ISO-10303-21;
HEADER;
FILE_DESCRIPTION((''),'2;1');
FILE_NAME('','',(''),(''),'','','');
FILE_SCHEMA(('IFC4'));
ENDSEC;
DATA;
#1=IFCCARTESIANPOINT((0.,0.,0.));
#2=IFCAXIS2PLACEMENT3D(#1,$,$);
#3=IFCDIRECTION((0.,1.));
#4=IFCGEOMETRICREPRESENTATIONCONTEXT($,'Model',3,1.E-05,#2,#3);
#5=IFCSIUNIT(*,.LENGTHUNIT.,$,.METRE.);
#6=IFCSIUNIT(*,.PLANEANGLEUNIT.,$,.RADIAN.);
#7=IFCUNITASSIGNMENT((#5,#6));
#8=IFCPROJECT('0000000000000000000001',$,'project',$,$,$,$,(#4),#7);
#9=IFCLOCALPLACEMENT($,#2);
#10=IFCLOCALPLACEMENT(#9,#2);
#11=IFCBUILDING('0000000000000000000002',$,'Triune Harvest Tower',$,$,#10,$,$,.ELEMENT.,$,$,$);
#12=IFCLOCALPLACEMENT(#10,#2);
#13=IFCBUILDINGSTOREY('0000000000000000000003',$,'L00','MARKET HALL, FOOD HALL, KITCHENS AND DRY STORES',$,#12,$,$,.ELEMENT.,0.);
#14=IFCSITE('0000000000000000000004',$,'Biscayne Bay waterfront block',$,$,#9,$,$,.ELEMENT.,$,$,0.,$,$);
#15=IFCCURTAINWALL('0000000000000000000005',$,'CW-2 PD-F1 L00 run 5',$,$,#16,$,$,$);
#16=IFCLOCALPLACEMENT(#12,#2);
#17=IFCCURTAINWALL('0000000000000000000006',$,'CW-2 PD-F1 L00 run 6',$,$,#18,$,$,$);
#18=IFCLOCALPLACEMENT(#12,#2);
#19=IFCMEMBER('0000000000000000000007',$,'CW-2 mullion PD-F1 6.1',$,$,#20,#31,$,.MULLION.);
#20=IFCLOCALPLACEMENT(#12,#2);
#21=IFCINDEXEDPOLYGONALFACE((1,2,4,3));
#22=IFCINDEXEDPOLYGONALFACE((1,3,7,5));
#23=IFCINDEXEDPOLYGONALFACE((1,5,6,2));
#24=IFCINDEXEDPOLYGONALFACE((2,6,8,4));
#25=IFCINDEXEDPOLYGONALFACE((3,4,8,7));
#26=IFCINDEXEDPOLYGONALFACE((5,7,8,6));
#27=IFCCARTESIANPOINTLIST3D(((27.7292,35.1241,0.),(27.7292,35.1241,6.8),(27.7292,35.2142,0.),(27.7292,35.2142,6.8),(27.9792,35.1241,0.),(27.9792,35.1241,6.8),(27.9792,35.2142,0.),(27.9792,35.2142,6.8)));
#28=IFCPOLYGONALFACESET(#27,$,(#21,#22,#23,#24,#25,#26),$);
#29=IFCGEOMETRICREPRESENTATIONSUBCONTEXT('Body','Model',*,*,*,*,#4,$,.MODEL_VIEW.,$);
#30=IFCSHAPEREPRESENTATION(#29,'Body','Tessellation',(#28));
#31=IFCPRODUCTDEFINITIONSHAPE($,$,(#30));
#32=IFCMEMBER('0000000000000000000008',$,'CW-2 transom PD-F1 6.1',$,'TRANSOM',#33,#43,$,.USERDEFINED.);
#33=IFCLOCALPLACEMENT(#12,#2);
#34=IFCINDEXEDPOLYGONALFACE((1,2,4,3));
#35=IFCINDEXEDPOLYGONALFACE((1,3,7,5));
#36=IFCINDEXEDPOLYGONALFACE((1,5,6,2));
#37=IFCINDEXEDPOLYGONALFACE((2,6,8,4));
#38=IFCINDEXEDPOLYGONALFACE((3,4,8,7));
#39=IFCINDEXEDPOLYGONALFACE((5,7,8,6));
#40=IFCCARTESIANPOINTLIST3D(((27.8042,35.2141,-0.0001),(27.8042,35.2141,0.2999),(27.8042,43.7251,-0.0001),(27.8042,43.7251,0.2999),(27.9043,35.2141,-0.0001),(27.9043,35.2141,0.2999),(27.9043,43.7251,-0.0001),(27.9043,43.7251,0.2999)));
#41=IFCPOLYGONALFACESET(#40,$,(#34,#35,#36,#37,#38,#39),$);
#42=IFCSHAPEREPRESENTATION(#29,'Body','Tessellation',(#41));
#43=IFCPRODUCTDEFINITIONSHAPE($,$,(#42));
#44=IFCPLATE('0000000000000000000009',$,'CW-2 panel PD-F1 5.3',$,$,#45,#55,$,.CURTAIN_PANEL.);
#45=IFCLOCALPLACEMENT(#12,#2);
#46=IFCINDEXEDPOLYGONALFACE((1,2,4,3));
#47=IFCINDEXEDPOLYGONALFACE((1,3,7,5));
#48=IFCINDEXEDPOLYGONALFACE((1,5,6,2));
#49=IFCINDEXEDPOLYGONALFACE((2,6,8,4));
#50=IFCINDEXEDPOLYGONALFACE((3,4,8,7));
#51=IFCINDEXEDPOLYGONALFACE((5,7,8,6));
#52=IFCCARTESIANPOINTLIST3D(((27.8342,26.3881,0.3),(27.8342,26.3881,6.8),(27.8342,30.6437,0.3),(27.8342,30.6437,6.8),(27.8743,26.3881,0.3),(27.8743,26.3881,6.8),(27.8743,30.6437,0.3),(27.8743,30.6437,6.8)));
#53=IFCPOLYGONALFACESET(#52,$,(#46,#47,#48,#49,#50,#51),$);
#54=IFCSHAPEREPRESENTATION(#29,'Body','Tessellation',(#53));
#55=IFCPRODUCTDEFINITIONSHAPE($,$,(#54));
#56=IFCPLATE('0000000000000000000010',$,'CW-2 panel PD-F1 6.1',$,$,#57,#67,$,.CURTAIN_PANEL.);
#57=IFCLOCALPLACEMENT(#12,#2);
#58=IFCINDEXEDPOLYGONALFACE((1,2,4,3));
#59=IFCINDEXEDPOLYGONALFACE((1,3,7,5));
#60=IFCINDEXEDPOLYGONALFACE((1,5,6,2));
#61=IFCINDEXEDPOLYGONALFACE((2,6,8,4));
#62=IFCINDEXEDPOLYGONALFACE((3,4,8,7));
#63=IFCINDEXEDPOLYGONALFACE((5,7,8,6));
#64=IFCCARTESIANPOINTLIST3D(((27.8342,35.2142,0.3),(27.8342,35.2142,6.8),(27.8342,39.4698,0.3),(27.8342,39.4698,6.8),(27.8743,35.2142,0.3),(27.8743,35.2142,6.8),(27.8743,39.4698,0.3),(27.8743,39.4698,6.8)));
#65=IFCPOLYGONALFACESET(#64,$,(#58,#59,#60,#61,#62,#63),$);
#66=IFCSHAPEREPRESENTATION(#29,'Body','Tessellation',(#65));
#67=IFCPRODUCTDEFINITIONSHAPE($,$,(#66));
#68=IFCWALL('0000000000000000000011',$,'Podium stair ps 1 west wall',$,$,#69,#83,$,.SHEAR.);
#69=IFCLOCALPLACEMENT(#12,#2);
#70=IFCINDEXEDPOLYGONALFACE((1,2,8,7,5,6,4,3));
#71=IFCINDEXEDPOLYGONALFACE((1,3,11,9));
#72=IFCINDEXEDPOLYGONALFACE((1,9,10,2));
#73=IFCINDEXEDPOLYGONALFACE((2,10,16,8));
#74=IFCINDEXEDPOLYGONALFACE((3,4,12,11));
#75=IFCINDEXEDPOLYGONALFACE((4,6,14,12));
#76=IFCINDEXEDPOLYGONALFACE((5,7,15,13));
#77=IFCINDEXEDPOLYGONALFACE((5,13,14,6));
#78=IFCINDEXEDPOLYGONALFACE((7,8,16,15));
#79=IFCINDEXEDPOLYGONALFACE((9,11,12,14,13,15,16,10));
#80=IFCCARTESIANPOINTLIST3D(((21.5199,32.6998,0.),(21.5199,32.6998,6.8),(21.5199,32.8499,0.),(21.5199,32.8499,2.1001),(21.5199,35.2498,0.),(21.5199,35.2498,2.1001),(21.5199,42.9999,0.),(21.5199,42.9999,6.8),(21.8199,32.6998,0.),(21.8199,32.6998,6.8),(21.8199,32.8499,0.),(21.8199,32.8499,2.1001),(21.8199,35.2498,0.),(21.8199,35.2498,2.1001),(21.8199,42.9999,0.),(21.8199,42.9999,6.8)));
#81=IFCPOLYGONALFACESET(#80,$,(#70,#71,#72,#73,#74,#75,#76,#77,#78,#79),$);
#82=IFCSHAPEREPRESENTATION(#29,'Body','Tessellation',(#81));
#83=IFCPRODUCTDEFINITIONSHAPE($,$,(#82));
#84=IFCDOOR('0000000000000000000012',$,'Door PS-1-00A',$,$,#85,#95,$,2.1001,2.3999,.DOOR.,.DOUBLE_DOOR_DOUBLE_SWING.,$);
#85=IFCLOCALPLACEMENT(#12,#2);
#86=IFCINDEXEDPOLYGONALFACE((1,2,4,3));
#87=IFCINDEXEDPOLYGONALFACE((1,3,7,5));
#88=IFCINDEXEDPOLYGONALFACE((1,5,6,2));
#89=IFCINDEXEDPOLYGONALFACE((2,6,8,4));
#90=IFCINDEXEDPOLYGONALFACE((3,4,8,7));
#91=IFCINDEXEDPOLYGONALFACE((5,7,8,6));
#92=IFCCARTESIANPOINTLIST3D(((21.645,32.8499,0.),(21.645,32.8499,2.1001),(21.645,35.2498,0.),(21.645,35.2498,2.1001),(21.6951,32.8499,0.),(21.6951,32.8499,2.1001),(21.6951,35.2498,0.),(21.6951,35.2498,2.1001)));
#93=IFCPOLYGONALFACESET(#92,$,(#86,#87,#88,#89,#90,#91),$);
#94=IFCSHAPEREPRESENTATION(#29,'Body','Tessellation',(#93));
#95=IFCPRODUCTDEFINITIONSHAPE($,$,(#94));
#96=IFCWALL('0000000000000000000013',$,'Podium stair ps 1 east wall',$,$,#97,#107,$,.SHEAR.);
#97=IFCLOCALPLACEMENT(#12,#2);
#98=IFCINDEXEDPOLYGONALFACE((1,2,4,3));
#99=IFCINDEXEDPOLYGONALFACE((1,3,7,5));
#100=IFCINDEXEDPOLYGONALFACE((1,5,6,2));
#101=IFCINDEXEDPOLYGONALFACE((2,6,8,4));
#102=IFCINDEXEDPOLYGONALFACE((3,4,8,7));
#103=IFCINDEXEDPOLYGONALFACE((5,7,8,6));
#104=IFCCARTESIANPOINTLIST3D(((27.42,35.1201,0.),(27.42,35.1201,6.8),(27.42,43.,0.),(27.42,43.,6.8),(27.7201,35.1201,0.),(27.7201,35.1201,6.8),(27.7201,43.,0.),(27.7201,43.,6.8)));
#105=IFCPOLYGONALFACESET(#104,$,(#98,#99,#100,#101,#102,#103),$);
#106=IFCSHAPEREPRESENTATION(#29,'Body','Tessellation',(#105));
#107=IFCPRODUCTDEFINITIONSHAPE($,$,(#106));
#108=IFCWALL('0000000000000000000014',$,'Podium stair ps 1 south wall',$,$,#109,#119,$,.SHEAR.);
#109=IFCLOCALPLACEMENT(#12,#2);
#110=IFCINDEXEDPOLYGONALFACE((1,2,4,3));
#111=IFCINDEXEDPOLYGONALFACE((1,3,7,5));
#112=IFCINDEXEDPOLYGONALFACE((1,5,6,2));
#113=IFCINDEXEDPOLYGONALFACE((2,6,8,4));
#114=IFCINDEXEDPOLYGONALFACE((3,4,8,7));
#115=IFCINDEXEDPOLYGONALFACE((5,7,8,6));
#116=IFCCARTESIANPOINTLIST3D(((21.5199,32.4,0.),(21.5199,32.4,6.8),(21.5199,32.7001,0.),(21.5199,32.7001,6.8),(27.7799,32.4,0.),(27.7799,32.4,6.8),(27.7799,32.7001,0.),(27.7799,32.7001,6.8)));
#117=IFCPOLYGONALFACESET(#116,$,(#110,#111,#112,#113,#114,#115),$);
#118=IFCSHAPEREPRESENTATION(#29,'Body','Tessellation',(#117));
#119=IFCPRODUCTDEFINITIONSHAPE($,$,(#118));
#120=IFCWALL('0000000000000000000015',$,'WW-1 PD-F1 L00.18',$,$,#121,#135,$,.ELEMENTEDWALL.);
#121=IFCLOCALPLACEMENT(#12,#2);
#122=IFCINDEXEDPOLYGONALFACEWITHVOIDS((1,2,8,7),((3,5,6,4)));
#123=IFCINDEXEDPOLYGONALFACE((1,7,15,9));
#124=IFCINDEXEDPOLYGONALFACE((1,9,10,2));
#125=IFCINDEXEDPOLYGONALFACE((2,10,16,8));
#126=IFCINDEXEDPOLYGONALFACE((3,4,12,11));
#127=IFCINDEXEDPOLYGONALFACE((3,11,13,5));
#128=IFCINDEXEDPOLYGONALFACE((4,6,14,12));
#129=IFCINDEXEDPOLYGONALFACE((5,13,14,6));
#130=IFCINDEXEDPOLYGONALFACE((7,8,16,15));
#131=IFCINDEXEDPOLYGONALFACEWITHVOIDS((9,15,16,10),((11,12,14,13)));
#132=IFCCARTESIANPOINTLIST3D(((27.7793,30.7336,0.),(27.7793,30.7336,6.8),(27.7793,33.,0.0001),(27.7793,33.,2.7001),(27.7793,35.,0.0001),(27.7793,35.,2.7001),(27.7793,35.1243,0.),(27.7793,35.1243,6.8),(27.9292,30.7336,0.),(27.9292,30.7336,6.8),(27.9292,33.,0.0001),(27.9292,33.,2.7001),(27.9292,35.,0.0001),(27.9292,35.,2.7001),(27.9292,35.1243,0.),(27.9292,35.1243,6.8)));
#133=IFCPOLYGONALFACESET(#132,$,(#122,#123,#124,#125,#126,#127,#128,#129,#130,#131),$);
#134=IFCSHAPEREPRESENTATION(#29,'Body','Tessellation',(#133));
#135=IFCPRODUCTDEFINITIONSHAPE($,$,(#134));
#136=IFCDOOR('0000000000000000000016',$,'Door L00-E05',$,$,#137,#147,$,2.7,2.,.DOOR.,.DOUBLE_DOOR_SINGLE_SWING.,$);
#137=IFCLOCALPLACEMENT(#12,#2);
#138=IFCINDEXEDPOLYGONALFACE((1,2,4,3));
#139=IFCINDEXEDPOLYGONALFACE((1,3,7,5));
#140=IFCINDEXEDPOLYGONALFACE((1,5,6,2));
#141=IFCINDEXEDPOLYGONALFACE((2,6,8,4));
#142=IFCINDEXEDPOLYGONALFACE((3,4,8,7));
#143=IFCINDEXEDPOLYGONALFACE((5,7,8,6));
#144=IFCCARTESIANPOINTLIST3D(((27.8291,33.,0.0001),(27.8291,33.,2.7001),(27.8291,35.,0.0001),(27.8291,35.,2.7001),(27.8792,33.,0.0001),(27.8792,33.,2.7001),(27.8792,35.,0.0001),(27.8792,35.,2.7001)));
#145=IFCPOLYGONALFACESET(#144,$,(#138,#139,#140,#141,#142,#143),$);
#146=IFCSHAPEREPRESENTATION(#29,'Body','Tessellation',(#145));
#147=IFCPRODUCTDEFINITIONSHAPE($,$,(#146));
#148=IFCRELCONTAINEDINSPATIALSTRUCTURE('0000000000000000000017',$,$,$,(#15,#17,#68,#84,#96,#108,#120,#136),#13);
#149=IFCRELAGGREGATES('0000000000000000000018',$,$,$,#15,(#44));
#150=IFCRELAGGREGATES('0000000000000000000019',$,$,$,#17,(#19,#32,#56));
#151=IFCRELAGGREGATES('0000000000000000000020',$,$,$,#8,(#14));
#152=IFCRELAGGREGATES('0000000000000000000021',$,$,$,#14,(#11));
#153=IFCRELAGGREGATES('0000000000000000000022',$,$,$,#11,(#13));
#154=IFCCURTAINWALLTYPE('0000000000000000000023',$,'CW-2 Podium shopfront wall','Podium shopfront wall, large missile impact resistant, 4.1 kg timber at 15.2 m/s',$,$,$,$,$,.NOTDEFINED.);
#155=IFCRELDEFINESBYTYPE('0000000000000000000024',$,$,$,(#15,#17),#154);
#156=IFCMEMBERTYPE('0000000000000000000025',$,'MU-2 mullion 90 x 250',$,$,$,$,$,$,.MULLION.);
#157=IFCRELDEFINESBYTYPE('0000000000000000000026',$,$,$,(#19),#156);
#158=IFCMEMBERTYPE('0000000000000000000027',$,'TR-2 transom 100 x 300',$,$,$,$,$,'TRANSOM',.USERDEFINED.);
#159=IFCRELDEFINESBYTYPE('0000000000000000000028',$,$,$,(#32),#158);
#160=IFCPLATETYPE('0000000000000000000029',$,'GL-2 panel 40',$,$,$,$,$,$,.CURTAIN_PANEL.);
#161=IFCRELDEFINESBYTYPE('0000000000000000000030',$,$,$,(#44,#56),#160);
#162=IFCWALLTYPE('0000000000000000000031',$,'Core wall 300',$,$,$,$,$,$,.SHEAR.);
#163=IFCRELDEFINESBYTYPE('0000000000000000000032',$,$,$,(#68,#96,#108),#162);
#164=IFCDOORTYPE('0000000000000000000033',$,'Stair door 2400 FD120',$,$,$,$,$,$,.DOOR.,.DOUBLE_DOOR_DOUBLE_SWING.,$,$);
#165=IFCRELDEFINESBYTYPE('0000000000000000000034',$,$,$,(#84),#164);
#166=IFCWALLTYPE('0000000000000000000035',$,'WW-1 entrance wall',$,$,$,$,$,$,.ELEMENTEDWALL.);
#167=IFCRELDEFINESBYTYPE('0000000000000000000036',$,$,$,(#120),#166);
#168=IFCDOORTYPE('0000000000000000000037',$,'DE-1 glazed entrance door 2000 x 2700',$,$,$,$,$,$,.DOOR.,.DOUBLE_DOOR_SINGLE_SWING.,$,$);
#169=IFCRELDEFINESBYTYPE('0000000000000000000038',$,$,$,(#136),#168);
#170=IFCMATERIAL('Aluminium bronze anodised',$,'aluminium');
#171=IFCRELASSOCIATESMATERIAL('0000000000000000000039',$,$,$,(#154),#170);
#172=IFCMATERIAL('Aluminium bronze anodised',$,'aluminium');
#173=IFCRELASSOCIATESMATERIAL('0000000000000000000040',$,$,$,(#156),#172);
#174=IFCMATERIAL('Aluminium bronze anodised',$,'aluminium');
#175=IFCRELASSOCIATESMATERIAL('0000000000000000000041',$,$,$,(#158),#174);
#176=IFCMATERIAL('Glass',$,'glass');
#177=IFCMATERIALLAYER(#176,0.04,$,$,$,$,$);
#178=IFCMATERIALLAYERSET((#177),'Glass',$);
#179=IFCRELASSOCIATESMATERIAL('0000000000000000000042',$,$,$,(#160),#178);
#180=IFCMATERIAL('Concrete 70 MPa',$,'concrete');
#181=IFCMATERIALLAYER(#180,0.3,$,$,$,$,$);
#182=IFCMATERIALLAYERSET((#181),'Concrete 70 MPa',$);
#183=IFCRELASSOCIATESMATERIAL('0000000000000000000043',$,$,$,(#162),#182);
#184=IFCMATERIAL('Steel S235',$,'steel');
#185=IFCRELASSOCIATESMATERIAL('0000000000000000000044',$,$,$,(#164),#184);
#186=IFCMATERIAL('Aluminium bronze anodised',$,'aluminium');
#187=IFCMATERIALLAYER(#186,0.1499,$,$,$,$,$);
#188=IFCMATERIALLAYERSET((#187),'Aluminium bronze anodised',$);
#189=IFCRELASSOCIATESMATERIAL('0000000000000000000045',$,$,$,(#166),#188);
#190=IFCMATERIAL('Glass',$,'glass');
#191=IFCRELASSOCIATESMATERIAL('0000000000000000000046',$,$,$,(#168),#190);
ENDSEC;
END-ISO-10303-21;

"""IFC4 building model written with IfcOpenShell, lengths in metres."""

from ifc_helpers import new_model, si_unit, direction, frame, frame_2d, origin, origin_2d, place, context, subcontext, project, spatial, rectangle, extrude, source, transform, mapped, material, layer, layer_set, material_profile, profile_set, type_object, element, fill, aggregate, save


model = new_model("IFC4")

# Units and contexts
model_context = context("Model", 3, precision=1e-05, world=origin(), true_north=direction((0.0, 1.0)))
body_context = subcontext(model_context, "Body", "Model", "MODEL_VIEW")
ifc_project = project(units=[si_unit("LENGTHUNIT", "METRE"), si_unit("PLANEANGLEUNIT", "RADIAN")], contexts=[model_context])

# Site, building, storey
site_placement = place(None, origin())
site = spatial("IfcSite", under=ifc_project, at=site_placement, Name="Biscayne Bay waterfront block", CompositionType="ELEMENT", RefElevation=0.0)
building_placement = place(site_placement, origin())
building = spatial("IfcBuilding", under=site, at=building_placement, Name="Triune Harvest Tower", CompositionType="ELEMENT")
storey_placement = place(building_placement, origin())
storey = spatial("IfcBuildingStorey", under=building, at=storey_placement, Name="L00", Description="MARKET HALL, FOOD HALL, KITCHENS AND DRY STORES", CompositionType="ELEMENT", Elevation=0.0)

# Curtain wall
ifc_material_1 = material(Name="Aluminium bronze anodised", Category="aluminium")
curtain_wall_type = type_object("IfcCurtainWallType", Name="CW-2 Podium shopfront wall", Description="Podium shopfront wall, large missile impact resistant, 4.1 kg timber at 15.2 m/s", PredefinedType="NOTDEFINED", material=ifc_material_1)
curtain_wall_1_placement = place(storey_placement, origin())
curtain_wall_1 = element("IfcCurtainWall", 1, at=curtain_wall_1_placement, inside=storey, type_object=curtain_wall_type, Name="CW-2 PD-F1 L00 run 5")
ifc_material_2 = material(Name="Aluminium bronze anodised", Category="aluminium")
ifc_material_profile_1 = material_profile(ifc_material_2, rectangle(XDim=0.25, YDim=0.0901, at=origin_2d()), Name="MU-2 mullion 90 x 250")
ifc_profile_set_1 = profile_set([ifc_material_profile_1], Name="Aluminium bronze anodised")
member_type_1 = type_object("IfcMemberType", Name="MU-2 mullion 90 x 250", PredefinedType="MULLION", material=ifc_profile_set_1)
shared_shape_1 = source(origin(), body_context, "Body", "SweptSolid", [
    extrude(rectangle(XDim=0.25, YDim=0.0901, at=origin_2d()), origin(), (0.0, 0.0, 1.0), 6.8),
])

# Curtain wall, members
curtain_wall_2_placement = place(storey_placement, origin())
curtain_wall_2 = element("IfcCurtainWall", 2, at=curtain_wall_2_placement, inside=storey, type_object=curtain_wall_type, Name="CW-2 PD-F1 L00 run 6")
member_1_placement = place(storey_placement, frame((27.8542, 35.1692, 0.0), z_axis=(0.0, 0.0, 1.0), x_axis=(-1.0, 0.0, 0.0)))
member_1 = element("IfcMember", 3, at=member_1_placement, type_object=member_type_1, Name="CW-2 mullion PD-F1 6.1", PredefinedType="MULLION", context=body_context, shape_type="MappedRepresentation", body=[
    mapped(shared_shape_1, transform((0.0, 0.0, 0.0), scale=1.0)),
])
ifc_material_3 = material(Name="Aluminium bronze anodised", Category="aluminium")
ifc_material_profile_2 = material_profile(ifc_material_3, rectangle(XDim=0.1001, YDim=0.3, at=origin_2d()), Name="TR-2 transom 100 x 300")
ifc_profile_set_2 = profile_set([ifc_material_profile_2], Name="Aluminium bronze anodised")
member_type_2 = type_object("IfcMemberType", Name="TR-2 transom 100 x 300", ElementType="TRANSOM", PredefinedType="USERDEFINED", material=ifc_profile_set_2)
shared_shape_2 = source(origin(), body_context, "Body", "SweptSolid", [
    extrude(rectangle(XDim=0.1001, YDim=0.3, at=origin_2d()), origin(), (0.0, 0.0, 1.0), 8.511),
])
member_2_placement = place(storey_placement, frame((27.8542, 35.2141, 0.1499), z_axis=(0.0, 1.0, 0.0), x_axis=(-1.0, 0.0, 0.0)))
member_2 = element("IfcMember", 4, at=member_2_placement, type_object=member_type_2, Name="CW-2 transom PD-F1 6.1", ObjectType="TRANSOM", PredefinedType="USERDEFINED", context=body_context, shape_type="MappedRepresentation", body=[
    mapped(shared_shape_2, transform((0.0, 0.0, 0.0), scale=1.0)),
])

# Plates
ifc_material_4 = material(Name="Glass", Category="glass")
ifc_layer_1 = layer(ifc_material_4, 0.04)
ifc_layer_set_1 = layer_set([ifc_layer_1], Name="Glass")
plate_type = type_object("IfcPlateType", Name="GL-2 panel 40", PredefinedType="CURTAIN_PANEL", material=ifc_layer_set_1)
shared_shape_3 = source(origin(), body_context, "Body", "SweptSolid", [
    extrude(rectangle(XDim=4.2556, YDim=0.04, at=origin_2d()), origin(), (0.0, 0.0, 1.0), 6.5),
])
plate_1_placement = place(storey_placement, frame((27.8542, 28.5159, 0.3), z_axis=(0.0, 0.0, 1.0), x_axis=(0.0, 1.0, 0.0)))
plate_1 = element("IfcPlate", 5, at=plate_1_placement, type_object=plate_type, Name="CW-2 panel PD-F1 5.3", PredefinedType="CURTAIN_PANEL", context=body_context, shape_type="MappedRepresentation", body=[
    mapped(shared_shape_3, transform((0.0, 0.0, 0.0), scale=1.0)),
])
aggregate(curtain_wall_1, [plate_1])
plate_2_placement = place(storey_placement, frame((27.8542, 37.342, 0.3), z_axis=(0.0, 0.0, 1.0), x_axis=(0.0, 1.0, 0.0)))
plate_2 = element("IfcPlate", 6, at=plate_2_placement, type_object=plate_type, Name="CW-2 panel PD-F1 6.1", PredefinedType="CURTAIN_PANEL", context=body_context, shape_type="MappedRepresentation", body=[
    mapped(shared_shape_3, transform((0.0, 0.0, 0.0), scale=1.0)),
])
aggregate(curtain_wall_2, [member_1, member_2, plate_2])

# Wall, opening, door
ifc_material_5 = material(Name="Concrete 70 MPa", Category="concrete")
ifc_layer_2 = layer(ifc_material_5, 0.3)
ifc_layer_set_2 = layer_set([ifc_layer_2], Name="Concrete 70 MPa")
wall_type_1 = type_object("IfcWallType", Name="Core wall 300", PredefinedType="SHEAR", material=ifc_layer_set_2)
shared_shape_4 = source(origin(), body_context, "Body", "SweptSolid", [
    extrude(rectangle(XDim=10.3, YDim=0.3, at=frame_2d((5.1499, 0.0))), origin(), (0.0, 0.0, 1.0), 6.8),
])
wall_1_placement = place(storey_placement, frame((21.6699, 32.7, 0.0), z_axis=(0.0, 0.0, 1.0), x_axis=(0.0, 1.0, 0.0)))
wall_1 = element("IfcWall", 7, at=wall_1_placement, inside=storey, type_object=wall_type_1, Name="Podium stair ps 1 west wall", PredefinedType="SHEAR", context=body_context, shape_type="MappedRepresentation", body=[
    mapped(shared_shape_4, transform((0.0, 0.0, 0.0), scale=1.0)),
])
opening_1_placement = place(wall_1_placement, frame((0.1499, 0.0, 0.0)))
opening_1 = element("IfcOpeningElement", 8, at=opening_1_placement, cuts=wall_1, PredefinedType="OPENING", context=body_context, shape_type="SweptSolid", body=[
    extrude(rectangle(XDim=2.3999, YDim=2.1001, at=frame_2d((1.2, 1.05))), frame((0.0, 0.1602, 0.0), z_axis=(0.0, -1.0, 0.0), x_axis=(1.0, 0.0, 0.0)), (0.0, 0.0, 1.0), 0.3201),
])
ifc_material_6 = material(Name="Steel S235", Category="steel")
door_type_1 = type_object("IfcDoorType", Name="Stair door 2400 FD120", OperationType="DOUBLE_DOOR_DOUBLE_SWING", PredefinedType="DOOR", material=ifc_material_6)
door_1_placement = place(opening_1_placement, origin())
door_1 = element("IfcDoor", 9, at=door_1_placement, inside=storey, type_object=door_type_1, Name="Door PS-1-00A", OperationType="DOUBLE_DOOR_DOUBLE_SWING", OverallHeight=2.1001, OverallWidth=2.3999, PredefinedType="DOOR", context=body_context, shape_type="SweptSolid", body=[
    extrude(rectangle(XDim=2.3999, YDim=2.1001, at=frame_2d((1.2, 1.05))), frame((0.0, 0.0249, 0.0), z_axis=(0.0, -1.0, 0.0), x_axis=(1.0, 0.0, 0.0)), (0.0, 0.0, 1.0), 0.05),
])
fill(opening_1, door_1)

# Walls
shared_shape_5 = source(origin(), body_context, "Body", "SweptSolid", [
    extrude(rectangle(XDim=7.8799, YDim=0.3, at=frame_2d((3.9399, 0.0))), origin(), (0.0, 0.0, 1.0), 6.8),
])
wall_2_placement = place(storey_placement, frame((27.5701, 35.1201, 0.0), z_axis=(0.0, 0.0, 1.0), x_axis=(0.0, 1.0, 0.0)))
element("IfcWall", 10, at=wall_2_placement, inside=storey, type_object=wall_type_1, Name="Podium stair ps 1 east wall", PredefinedType="SHEAR", context=body_context, shape_type="MappedRepresentation", body=[
    mapped(shared_shape_5, transform((0.0, 0.0, 0.0), scale=1.0)),
])
shared_shape_6 = source(origin(), body_context, "Body", "SweptSolid", [
    extrude(rectangle(XDim=6.26, YDim=0.3, at=frame_2d((3.1299, 0.0))), origin(), (0.0, 0.0, 1.0), 6.8),
])
wall_3_placement = place(storey_placement, frame((21.52, 32.55, 0.0), z_axis=(0.0, 0.0, 1.0), x_axis=(1.0, 0.0, 0.0)))
element("IfcWall", 11, at=wall_3_placement, inside=storey, type_object=wall_type_1, Name="Podium stair ps 1 south wall", PredefinedType="SHEAR", context=body_context, shape_type="MappedRepresentation", body=[
    mapped(shared_shape_6, transform((0.0, 0.0, 0.0), scale=1.0)),
])

# Wall, opening, door
ifc_material_7 = material(Name="Aluminium bronze anodised", Category="aluminium")
ifc_layer_3 = layer(ifc_material_7, 0.1499)
ifc_layer_set_3 = layer_set([ifc_layer_3], Name="Aluminium bronze anodised")
wall_type_2 = type_object("IfcWallType", Name="WW-1 entrance wall", PredefinedType="ELEMENTEDWALL", material=ifc_layer_set_3)
shared_shape_7 = source(origin(), body_context, "Body", "SweptSolid", [
    extrude(rectangle(XDim=4.3906, YDim=0.1499, at=frame_2d((2.1953, 0.0))), origin(), (0.0, 0.0, 1.0), 6.8),
])
wall_4_placement = place(storey_placement, frame((27.8542, 35.1243, 0.0), z_axis=(0.0, 0.0, 1.0), x_axis=(0.0, -1.0, 0.0)))
wall_4 = element("IfcWall", 12, at=wall_4_placement, inside=storey, type_object=wall_type_2, Name="WW-1 PD-F1 L00.18", PredefinedType="ELEMENTEDWALL", context=body_context, shape_type="MappedRepresentation", body=[
    mapped(shared_shape_7, transform((0.0, 0.0, 0.0), scale=1.0)),
])
opening_2_placement = place(wall_4_placement, frame((0.1243, 0.0, 0.0)))
opening_2 = element("IfcOpeningElement", 13, at=opening_2_placement, cuts=wall_4, PredefinedType="OPENING", context=body_context, shape_type="SweptSolid", body=[
    extrude(rectangle(XDim=2.0, YDim=2.7, at=frame_2d((1.0, 1.3501))), frame((0.0, 0.085, 0.0), z_axis=(0.0, -1.0, 0.0), x_axis=(1.0, 0.0, 0.0)), (0.0, 0.0, 1.0), 0.1699),
])
ifc_material_8 = material(Name="Glass", Category="glass")
door_type_2 = type_object("IfcDoorType", Name="DE-1 glazed entrance door 2000 x 2700", OperationType="DOUBLE_DOOR_SINGLE_SWING", PredefinedType="DOOR", material=ifc_material_8)
door_2_placement = place(opening_2_placement, origin())
door_2 = element("IfcDoor", 14, at=door_2_placement, inside=storey, type_object=door_type_2, Name="Door L00-E05", OperationType="DOUBLE_DOOR_SINGLE_SWING", OverallHeight=2.7, OverallWidth=2.0, PredefinedType="DOOR", context=body_context, shape_type="SweptSolid", body=[
    extrude(rectangle(XDim=2.0, YDim=2.7, at=frame_2d((1.0, 1.3501))), frame((0.0, 0.0249, 0.0), z_axis=(0.0, -1.0, 0.0), x_axis=(1.0, 0.0, 0.0)), (0.0, 0.0, 1.0), 0.05),
])
fill(opening_2, door_2)

save(model, "model.ifc")
